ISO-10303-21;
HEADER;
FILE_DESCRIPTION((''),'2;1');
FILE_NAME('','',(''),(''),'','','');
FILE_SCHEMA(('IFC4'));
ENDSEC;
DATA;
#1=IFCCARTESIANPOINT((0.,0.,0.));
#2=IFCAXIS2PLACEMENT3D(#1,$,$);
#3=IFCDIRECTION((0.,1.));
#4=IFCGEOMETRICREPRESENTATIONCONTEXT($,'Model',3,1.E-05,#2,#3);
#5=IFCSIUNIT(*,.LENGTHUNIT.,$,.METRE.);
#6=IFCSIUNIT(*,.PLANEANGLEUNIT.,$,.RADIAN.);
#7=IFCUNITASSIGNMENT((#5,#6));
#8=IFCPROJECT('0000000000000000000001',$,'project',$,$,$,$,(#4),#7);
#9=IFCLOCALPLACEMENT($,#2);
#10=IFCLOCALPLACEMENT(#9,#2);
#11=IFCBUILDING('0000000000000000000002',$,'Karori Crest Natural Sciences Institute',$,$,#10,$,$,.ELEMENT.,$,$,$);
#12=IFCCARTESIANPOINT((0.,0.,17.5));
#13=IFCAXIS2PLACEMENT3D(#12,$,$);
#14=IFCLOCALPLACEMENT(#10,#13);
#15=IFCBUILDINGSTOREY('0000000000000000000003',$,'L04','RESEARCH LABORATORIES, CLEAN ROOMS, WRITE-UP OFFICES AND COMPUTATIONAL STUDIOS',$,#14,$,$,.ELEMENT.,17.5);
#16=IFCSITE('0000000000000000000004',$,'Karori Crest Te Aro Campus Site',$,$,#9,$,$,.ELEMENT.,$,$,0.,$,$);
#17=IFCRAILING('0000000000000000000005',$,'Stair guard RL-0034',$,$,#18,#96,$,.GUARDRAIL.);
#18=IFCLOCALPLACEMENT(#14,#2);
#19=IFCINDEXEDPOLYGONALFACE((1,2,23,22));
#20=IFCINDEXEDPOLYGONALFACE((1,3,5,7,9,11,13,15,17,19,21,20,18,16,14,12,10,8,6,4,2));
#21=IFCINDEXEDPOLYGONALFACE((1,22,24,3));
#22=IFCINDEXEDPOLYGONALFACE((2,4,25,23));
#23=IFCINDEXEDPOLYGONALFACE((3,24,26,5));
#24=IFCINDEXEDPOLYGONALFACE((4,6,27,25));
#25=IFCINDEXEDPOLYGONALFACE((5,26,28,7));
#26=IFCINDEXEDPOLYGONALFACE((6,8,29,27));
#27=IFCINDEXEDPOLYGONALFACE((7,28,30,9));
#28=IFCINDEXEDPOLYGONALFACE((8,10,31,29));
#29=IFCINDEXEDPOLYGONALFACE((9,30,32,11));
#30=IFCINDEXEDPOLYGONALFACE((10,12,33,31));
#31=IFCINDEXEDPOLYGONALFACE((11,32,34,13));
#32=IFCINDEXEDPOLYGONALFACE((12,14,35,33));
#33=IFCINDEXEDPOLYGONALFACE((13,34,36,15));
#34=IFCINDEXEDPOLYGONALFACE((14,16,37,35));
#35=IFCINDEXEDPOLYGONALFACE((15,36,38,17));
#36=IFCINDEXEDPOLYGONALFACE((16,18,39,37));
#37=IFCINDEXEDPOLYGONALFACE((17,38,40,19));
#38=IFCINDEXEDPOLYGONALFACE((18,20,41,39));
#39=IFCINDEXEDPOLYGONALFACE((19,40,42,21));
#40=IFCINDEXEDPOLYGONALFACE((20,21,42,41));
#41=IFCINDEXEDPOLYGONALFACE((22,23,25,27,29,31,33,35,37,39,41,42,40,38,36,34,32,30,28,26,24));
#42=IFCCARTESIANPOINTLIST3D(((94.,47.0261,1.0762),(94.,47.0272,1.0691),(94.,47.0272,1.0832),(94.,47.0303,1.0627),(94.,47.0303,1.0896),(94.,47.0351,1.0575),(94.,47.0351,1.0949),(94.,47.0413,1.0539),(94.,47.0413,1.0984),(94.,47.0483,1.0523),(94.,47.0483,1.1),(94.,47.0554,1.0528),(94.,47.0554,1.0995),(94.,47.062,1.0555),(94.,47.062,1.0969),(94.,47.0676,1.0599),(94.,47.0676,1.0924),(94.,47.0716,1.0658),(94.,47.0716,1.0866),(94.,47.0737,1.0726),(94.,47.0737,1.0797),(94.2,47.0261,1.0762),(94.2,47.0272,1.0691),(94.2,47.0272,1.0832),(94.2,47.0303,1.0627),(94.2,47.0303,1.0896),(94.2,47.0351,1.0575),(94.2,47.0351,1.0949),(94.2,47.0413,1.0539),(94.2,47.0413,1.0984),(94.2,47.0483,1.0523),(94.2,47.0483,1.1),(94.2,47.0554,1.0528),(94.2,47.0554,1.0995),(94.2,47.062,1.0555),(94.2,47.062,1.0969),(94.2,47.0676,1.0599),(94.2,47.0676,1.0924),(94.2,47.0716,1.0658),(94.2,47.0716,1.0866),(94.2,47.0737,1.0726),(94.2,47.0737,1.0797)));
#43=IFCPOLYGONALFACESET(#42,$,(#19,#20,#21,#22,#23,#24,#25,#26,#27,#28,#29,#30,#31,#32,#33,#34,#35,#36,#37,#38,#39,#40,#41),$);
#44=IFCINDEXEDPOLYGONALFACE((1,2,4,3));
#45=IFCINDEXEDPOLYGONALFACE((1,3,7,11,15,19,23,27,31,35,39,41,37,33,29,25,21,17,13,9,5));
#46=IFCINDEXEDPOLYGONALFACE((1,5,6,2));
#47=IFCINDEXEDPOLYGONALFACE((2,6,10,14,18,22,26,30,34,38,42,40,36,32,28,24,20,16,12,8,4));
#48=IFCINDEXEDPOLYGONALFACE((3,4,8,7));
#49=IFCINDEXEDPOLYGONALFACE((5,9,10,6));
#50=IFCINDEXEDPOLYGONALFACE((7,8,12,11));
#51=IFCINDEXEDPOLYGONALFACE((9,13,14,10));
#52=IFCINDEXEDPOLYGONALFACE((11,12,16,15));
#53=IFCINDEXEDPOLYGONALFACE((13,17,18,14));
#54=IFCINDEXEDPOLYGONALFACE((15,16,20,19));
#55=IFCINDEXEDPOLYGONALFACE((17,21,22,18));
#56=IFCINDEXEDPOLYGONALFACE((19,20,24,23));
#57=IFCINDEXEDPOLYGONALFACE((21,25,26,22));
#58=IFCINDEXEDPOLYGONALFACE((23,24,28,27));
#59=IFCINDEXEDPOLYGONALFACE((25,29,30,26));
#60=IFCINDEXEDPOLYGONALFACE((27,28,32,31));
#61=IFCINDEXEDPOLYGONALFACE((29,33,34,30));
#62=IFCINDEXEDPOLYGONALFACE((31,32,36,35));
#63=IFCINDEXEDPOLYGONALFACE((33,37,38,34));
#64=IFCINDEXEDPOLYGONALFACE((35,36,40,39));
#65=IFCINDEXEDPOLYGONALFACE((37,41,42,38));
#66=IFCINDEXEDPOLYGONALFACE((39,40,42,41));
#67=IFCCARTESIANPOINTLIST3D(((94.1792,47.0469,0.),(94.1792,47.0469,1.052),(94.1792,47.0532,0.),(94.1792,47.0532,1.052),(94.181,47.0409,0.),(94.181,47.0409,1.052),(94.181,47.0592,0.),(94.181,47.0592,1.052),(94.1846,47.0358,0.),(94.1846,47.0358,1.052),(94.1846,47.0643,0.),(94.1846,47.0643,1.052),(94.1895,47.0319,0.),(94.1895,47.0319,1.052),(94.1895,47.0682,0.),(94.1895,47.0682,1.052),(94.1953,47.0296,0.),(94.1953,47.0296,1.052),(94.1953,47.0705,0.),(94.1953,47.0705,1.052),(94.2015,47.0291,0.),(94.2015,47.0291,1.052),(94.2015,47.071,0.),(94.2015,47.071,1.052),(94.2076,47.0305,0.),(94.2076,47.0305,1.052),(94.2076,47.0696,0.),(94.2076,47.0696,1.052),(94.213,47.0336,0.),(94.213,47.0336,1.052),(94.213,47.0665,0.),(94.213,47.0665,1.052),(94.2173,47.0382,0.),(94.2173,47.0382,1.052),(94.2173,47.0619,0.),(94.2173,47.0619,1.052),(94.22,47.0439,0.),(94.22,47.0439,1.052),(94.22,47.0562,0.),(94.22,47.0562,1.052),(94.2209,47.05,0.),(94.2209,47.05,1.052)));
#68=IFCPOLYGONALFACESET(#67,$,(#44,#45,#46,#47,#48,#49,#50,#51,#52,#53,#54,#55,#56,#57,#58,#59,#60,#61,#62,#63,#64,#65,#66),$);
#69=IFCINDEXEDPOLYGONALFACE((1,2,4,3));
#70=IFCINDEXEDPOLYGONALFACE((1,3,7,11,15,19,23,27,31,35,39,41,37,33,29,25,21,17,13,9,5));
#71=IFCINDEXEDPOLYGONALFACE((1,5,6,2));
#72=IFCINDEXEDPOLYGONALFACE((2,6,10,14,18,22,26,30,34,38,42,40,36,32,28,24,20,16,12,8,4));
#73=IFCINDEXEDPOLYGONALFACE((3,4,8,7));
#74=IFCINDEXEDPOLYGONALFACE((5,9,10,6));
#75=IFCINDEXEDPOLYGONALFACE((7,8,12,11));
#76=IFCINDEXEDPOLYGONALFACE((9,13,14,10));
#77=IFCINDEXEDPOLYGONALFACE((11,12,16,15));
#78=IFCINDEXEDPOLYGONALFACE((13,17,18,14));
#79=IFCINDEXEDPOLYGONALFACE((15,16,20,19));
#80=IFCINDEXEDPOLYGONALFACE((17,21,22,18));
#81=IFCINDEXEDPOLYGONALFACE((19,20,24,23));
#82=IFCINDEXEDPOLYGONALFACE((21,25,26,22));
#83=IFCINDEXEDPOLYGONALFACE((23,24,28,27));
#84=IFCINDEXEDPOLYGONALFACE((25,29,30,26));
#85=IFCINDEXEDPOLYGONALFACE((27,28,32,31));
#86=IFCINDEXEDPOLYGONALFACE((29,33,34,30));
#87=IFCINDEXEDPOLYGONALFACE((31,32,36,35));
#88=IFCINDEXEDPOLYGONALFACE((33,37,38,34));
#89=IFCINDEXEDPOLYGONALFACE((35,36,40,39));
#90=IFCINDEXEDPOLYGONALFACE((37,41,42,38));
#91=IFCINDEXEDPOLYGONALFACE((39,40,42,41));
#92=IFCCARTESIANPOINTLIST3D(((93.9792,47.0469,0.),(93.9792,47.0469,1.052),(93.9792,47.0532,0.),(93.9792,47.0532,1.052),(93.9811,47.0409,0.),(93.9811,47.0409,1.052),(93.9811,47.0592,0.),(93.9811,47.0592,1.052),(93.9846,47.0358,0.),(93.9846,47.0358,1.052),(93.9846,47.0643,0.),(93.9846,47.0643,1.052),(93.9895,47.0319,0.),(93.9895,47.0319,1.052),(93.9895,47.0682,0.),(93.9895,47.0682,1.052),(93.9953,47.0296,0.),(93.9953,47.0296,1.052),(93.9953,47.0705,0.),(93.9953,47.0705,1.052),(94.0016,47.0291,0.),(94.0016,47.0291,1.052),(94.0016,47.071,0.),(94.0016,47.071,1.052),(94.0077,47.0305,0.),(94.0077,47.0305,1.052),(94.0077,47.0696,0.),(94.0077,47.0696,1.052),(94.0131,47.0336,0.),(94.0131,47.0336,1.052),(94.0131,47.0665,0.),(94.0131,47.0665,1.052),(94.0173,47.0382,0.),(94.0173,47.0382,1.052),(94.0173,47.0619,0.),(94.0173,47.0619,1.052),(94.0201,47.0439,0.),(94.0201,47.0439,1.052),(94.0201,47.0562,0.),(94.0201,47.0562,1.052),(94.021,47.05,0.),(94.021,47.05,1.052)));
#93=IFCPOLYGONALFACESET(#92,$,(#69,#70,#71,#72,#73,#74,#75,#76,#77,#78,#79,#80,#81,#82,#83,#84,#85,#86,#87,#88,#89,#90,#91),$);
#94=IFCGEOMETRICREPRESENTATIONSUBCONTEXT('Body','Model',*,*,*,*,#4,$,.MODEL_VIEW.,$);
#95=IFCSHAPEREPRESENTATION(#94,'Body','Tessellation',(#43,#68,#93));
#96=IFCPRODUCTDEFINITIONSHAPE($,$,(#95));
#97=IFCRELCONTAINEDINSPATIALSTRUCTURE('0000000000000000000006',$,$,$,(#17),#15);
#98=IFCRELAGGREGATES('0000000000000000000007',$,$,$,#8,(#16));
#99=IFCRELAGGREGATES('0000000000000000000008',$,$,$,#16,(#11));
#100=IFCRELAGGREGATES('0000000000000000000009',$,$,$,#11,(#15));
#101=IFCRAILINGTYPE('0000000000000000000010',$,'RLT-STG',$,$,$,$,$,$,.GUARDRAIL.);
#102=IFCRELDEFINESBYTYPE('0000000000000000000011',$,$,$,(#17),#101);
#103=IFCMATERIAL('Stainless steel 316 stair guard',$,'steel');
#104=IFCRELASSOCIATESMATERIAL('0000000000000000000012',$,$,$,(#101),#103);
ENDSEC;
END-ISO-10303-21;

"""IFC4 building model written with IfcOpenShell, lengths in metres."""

from ifc_helpers import new_model, si_unit, direction, frame, origin, origin_2d, place, context, subcontext, project, spatial, circle, extrude, material, type_object, element, save


model = new_model("IFC4")

# Units and contexts
model_context = context("Model", 3, precision=1e-05, world=origin(), true_north=direction((0.0, 1.0)))
body_context = subcontext(model_context, "Body", "Model", "MODEL_VIEW")
ifc_project = project(units=[si_unit("LENGTHUNIT", "METRE"), si_unit("PLANEANGLEUNIT", "RADIAN")], contexts=[model_context])

# Site, building, storey
site_placement = place(None, origin())
site = spatial("IfcSite", under=ifc_project, at=site_placement, Name="Karori Crest Te Aro Campus Site", CompositionType="ELEMENT", RefElevation=0.0)
building_placement = place(site_placement, origin())
building = spatial("IfcBuilding", under=site, at=building_placement, Name="Karori Crest Natural Sciences Institute", CompositionType="ELEMENT")
storey_placement = place(building_placement, frame((0.0, 0.0, 17.5)))
storey = spatial("IfcBuildingStorey", under=building, at=storey_placement, Name="L04", Description="RESEARCH LABORATORIES, CLEAN ROOMS, WRITE-UP OFFICES AND COMPUTATIONAL STUDIOS", CompositionType="ELEMENT", Elevation=17.5)

# Railing
ifc_material_1 = material(Name="Stainless steel 316 stair guard", Category="steel")
railing_type_1 = type_object("IfcRailingType", Name="RLT-STG", PredefinedType="GUARDRAIL", material=ifc_material_1)
railing_1_placement = place(storey_placement, frame((94.2, 47.05, 0.0)))
element("IfcRailing", 1, at=railing_1_placement, inside=storey, type_object=railing_type_1, Name="Stair guard RL-0034", PredefinedType="GUARDRAIL", context=body_context, shape_type="SweptSolid", body=[
    extrude(circle(Radius=0.0239, at=origin_2d()), frame((0.0, 0.0, 1.0762), z_axis=(-1.0, 0.0, 0.0), x_axis=(0.0, -1.0, 0.0)), (0.0, 0.0, 1.0), 0.2),
    extrude(circle(Radius=0.021, at=origin_2d()), origin(), (0.0, 0.0, 1.0), 1.052),
    extrude(circle(Radius=0.021, at=origin_2d()), frame((-0.2, 0.0, 0.0)), (0.0, 0.0, 1.0), 1.052),
])

save(model, "model.ifc")
